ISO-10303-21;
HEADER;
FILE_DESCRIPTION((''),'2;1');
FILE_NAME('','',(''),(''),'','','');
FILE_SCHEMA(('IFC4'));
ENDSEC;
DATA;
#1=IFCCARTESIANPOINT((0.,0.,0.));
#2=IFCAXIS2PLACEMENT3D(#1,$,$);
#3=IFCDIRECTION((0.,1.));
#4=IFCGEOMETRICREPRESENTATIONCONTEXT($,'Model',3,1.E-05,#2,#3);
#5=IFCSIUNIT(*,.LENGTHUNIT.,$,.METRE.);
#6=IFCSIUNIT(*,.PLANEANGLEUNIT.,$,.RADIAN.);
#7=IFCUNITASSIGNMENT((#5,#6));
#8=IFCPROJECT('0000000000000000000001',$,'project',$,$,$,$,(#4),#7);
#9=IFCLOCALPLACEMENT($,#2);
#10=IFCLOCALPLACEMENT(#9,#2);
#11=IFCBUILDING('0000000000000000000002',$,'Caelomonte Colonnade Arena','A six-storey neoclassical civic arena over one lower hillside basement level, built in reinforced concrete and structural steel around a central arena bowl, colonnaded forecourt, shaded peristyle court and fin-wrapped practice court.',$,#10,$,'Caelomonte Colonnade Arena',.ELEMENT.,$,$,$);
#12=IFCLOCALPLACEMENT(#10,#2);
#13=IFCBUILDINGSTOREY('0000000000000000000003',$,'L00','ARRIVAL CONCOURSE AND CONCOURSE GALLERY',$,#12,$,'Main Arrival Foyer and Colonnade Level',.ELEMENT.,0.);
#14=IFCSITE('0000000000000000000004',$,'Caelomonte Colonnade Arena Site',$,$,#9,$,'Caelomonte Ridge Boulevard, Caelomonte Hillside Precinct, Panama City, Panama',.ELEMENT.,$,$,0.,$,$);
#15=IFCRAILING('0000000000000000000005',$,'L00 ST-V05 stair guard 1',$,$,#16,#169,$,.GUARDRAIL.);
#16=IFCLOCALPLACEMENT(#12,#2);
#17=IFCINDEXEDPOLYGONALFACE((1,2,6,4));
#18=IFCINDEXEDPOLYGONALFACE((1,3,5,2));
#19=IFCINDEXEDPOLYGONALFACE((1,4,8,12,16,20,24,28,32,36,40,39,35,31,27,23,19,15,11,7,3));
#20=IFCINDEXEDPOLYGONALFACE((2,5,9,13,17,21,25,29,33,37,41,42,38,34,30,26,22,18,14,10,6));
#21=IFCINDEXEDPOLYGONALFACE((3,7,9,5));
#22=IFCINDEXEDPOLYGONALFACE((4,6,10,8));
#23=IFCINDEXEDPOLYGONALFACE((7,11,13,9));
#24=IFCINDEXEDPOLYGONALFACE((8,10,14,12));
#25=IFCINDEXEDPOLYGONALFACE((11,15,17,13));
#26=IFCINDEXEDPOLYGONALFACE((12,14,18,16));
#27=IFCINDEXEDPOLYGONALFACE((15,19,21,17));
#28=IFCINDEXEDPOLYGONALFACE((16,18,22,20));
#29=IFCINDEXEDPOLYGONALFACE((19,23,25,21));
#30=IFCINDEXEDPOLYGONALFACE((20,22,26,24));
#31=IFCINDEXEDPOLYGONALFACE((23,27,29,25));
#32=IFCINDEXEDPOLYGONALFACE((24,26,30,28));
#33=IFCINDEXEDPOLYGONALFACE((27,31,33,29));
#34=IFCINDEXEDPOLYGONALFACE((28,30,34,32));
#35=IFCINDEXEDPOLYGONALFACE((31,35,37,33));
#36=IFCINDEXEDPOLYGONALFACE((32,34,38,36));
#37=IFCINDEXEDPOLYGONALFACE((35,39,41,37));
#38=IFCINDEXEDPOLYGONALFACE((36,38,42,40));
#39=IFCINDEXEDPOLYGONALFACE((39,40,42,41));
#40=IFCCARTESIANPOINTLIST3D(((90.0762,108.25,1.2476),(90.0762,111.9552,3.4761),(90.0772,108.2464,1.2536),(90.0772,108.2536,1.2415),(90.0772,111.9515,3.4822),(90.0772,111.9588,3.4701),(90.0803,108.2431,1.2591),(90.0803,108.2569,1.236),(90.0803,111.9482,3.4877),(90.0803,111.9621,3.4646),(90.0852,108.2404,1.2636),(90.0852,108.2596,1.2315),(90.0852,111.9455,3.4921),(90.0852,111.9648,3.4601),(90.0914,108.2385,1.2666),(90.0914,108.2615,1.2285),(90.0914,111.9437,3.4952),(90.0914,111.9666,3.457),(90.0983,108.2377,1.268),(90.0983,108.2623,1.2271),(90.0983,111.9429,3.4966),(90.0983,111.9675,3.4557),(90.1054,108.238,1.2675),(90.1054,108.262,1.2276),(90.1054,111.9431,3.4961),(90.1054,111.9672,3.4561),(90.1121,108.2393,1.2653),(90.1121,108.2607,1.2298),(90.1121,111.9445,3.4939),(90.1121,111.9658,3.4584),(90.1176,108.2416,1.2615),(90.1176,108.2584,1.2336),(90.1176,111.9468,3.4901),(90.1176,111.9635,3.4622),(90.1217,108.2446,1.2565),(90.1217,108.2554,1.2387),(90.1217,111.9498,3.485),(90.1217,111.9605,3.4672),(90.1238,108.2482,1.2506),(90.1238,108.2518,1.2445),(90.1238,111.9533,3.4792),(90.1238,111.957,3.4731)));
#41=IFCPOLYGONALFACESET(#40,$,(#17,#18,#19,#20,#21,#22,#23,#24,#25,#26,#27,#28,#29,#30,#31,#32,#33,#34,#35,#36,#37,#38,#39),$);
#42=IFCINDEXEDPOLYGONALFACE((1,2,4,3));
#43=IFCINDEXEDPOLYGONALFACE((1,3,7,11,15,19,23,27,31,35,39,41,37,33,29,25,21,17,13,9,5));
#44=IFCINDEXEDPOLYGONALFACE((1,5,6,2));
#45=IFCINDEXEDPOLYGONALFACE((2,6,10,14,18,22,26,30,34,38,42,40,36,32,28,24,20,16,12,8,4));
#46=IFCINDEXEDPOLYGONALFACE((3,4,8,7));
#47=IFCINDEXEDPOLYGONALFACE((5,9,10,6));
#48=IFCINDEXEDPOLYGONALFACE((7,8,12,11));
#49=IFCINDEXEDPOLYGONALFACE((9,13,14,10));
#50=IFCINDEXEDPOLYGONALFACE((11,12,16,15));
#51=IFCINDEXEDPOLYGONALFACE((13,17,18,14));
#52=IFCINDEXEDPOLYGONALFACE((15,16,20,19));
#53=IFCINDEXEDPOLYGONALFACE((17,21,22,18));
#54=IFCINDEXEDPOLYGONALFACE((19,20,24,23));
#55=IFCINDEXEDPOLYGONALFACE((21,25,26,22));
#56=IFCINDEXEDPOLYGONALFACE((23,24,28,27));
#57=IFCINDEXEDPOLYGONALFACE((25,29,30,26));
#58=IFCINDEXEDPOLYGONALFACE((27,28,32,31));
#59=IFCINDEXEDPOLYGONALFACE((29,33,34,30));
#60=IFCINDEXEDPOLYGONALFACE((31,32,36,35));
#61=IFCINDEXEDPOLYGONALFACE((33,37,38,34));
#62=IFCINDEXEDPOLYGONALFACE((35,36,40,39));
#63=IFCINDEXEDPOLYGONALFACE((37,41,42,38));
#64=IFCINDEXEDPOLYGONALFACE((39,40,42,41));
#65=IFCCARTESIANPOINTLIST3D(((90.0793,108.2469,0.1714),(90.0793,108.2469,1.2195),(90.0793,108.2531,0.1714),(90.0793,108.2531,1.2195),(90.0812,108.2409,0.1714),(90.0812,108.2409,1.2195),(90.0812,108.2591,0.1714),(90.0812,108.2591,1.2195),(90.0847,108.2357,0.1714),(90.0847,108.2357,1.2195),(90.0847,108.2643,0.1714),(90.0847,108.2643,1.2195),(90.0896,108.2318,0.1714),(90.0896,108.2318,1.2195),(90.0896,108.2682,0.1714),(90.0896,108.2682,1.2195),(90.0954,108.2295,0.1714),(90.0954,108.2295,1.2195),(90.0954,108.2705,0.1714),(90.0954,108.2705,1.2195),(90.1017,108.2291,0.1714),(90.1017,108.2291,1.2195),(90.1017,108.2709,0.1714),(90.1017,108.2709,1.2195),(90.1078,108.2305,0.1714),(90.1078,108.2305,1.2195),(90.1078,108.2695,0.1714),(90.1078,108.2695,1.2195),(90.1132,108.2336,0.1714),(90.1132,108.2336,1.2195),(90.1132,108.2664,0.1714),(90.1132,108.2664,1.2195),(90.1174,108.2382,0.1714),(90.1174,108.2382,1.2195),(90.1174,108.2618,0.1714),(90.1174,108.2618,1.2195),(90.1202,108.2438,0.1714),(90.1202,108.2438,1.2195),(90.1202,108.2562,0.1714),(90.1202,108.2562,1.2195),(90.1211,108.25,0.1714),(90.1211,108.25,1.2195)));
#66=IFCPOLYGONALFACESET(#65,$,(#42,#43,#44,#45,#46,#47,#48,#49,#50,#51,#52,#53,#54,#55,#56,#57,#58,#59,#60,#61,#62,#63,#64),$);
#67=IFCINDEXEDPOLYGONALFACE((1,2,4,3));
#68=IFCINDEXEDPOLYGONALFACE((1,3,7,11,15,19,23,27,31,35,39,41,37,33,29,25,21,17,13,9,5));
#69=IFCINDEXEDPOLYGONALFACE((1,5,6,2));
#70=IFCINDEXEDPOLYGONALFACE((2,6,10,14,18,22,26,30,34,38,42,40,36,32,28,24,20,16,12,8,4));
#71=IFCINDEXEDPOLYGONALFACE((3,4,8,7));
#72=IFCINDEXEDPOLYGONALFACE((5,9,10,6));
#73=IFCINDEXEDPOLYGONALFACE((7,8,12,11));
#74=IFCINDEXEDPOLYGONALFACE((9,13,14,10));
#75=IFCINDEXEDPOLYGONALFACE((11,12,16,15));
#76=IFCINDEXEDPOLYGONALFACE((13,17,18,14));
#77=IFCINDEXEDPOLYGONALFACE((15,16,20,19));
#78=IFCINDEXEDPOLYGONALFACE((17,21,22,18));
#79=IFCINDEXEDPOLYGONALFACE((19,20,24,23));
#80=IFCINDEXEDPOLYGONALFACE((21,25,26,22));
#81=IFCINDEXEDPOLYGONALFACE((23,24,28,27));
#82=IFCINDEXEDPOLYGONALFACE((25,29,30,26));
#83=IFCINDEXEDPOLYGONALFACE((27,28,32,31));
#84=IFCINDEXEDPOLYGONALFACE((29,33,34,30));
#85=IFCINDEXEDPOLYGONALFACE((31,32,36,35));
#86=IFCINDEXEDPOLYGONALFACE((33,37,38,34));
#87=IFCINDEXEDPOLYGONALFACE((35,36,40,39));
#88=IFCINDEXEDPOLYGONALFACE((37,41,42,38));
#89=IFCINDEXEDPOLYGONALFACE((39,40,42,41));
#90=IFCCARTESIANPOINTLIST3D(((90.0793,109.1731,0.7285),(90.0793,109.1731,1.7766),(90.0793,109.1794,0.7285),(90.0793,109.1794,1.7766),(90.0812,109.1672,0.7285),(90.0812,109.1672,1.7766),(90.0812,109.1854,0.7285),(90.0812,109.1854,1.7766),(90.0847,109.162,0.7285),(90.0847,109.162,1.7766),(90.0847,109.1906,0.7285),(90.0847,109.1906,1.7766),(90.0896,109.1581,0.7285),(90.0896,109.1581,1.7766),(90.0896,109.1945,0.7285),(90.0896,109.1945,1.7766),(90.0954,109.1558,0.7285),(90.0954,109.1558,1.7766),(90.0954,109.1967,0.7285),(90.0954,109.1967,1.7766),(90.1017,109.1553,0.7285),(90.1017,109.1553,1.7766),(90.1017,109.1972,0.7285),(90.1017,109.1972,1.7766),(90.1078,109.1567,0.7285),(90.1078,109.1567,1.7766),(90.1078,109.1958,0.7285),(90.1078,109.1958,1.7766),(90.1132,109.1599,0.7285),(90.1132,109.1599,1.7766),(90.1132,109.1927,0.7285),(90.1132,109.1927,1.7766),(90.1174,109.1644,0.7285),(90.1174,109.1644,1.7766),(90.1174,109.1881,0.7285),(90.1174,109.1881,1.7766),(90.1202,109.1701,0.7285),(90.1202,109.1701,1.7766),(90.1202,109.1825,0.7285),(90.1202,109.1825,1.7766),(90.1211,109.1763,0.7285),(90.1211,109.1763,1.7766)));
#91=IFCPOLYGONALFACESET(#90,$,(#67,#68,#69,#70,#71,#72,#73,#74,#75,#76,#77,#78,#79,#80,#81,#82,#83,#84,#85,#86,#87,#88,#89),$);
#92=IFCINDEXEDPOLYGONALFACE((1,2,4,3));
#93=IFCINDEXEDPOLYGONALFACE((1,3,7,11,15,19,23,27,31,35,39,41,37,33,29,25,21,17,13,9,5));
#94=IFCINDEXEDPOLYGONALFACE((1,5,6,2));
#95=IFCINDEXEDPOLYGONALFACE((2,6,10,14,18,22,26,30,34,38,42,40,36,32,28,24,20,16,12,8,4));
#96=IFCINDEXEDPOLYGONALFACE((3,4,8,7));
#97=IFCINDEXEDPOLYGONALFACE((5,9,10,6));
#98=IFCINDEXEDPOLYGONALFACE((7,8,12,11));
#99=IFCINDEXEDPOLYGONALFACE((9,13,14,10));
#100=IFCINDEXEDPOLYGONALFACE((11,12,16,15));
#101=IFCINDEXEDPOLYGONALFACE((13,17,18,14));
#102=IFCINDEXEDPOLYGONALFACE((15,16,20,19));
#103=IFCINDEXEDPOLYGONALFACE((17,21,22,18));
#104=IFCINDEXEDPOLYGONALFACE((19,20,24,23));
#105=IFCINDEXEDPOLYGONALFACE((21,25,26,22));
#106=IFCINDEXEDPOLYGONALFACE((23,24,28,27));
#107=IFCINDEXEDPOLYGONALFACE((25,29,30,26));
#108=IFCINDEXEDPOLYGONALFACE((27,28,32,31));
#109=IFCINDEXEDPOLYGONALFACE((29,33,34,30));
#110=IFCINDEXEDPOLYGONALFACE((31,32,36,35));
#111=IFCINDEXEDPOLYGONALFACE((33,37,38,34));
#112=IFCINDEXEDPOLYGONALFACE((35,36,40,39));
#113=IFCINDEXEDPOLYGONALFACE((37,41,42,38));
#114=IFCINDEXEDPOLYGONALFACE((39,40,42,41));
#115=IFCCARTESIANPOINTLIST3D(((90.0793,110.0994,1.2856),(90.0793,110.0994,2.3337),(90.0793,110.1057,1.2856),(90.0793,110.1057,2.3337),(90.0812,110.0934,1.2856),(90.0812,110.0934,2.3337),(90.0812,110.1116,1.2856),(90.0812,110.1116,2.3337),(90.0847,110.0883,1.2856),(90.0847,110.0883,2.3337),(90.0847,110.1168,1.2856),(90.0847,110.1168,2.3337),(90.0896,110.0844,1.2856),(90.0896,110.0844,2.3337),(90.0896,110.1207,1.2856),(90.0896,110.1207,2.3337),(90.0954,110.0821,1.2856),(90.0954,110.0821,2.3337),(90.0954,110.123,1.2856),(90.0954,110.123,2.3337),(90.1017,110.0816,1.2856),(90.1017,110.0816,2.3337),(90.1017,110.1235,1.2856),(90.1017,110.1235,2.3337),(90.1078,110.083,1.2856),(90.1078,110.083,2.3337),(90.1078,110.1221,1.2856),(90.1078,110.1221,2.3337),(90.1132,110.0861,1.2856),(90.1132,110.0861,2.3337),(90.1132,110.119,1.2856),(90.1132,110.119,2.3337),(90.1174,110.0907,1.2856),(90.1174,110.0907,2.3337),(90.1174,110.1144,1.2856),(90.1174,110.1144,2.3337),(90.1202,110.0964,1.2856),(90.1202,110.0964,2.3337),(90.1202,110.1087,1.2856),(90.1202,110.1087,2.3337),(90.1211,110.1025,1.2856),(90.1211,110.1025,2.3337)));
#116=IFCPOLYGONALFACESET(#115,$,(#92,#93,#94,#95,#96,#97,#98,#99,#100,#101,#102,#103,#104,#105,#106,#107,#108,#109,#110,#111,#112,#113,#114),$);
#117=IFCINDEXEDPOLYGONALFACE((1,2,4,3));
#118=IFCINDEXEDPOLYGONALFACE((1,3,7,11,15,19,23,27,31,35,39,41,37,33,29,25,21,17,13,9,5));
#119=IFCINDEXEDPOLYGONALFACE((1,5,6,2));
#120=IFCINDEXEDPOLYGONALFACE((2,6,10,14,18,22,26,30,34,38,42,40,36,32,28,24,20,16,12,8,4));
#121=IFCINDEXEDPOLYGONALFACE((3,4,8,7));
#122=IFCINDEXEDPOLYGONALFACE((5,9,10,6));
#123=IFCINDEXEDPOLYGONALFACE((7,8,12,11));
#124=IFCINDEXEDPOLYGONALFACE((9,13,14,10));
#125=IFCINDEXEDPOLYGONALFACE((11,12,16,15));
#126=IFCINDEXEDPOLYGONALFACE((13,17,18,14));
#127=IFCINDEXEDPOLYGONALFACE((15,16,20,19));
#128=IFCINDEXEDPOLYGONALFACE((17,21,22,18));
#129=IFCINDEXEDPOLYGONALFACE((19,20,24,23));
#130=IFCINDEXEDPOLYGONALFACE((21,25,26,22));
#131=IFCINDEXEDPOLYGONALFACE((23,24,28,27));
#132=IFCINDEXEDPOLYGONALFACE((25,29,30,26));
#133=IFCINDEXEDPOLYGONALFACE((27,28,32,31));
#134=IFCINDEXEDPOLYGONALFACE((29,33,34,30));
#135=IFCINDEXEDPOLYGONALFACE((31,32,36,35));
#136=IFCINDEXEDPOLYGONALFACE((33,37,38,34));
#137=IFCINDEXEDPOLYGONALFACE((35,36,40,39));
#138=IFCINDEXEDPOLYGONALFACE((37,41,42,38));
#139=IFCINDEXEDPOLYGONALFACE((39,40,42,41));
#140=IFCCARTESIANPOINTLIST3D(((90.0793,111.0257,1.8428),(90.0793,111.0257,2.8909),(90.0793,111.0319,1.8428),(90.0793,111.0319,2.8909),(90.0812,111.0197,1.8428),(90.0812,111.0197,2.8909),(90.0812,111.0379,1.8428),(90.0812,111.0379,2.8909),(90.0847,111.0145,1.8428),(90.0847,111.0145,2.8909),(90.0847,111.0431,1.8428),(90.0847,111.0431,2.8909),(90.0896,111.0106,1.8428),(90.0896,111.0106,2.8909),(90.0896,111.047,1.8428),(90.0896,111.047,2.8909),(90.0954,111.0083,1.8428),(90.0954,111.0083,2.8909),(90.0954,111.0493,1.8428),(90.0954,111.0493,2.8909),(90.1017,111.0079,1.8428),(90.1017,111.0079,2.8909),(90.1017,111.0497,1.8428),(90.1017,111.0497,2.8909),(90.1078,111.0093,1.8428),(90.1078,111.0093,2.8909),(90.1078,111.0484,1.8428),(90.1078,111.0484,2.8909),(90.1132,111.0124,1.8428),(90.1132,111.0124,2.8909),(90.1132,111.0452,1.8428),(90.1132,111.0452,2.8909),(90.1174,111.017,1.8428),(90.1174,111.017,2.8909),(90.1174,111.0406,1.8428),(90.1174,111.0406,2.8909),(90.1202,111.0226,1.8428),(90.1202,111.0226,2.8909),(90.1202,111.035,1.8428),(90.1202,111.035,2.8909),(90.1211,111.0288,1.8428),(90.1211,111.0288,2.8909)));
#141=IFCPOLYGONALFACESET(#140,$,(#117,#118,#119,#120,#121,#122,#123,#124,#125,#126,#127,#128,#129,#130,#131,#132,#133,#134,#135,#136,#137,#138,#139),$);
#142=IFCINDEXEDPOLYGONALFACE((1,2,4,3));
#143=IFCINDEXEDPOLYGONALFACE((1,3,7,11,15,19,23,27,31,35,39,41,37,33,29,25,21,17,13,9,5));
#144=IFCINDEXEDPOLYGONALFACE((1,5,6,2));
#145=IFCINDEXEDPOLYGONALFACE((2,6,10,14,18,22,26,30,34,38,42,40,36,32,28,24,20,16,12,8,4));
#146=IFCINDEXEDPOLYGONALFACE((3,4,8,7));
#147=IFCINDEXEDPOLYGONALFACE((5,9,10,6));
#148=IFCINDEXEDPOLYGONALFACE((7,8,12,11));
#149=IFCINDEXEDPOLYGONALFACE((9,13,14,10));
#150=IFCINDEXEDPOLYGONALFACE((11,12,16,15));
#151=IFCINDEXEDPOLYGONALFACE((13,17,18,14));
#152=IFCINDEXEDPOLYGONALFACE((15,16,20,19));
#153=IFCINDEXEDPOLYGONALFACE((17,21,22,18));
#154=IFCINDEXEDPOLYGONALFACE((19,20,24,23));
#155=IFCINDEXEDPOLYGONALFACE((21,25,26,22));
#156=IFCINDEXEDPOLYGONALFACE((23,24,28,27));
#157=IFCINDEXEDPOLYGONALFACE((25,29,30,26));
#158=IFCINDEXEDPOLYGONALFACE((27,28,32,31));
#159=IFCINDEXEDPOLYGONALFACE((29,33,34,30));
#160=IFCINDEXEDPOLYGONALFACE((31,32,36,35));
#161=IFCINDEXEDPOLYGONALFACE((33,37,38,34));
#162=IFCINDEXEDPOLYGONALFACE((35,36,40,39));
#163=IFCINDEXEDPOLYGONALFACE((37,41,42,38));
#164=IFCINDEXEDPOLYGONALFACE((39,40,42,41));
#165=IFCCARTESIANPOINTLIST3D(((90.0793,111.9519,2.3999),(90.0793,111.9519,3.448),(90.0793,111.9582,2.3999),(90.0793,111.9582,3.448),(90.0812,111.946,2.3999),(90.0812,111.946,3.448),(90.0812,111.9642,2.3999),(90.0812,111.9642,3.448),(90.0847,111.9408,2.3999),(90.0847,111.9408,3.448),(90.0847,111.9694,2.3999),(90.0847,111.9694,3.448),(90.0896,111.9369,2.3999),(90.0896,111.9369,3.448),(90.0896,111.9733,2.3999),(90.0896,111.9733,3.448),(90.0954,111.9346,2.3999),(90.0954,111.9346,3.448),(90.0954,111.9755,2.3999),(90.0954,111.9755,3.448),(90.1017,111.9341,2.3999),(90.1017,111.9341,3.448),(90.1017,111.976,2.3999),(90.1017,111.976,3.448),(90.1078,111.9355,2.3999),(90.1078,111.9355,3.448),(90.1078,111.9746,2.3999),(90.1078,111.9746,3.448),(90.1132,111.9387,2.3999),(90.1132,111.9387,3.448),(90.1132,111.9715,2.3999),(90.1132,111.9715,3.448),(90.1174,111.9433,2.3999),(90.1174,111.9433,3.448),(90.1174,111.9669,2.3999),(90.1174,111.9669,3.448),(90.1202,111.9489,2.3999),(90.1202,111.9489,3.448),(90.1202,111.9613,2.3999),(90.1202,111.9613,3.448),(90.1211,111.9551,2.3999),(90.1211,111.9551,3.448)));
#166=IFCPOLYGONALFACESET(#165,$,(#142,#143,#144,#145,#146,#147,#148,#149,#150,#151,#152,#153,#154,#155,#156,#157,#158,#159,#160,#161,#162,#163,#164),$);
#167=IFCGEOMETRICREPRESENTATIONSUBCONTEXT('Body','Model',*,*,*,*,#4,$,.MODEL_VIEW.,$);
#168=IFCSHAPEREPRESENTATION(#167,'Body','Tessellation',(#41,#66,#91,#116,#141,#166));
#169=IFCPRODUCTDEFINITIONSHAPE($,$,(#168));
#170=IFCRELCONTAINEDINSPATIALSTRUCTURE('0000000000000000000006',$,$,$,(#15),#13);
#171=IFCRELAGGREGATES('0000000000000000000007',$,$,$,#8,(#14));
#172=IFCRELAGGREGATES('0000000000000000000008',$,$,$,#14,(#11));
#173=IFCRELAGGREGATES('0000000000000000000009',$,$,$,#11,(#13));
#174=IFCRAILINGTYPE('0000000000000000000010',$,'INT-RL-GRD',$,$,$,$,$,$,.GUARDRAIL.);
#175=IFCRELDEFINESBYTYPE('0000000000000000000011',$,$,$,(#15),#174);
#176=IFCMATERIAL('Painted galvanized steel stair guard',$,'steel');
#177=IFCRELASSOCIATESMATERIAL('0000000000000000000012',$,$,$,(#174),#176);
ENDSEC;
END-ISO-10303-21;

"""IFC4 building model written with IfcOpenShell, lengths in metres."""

from ifc_helpers import new_model, si_unit, direction, frame, origin, origin_2d, place, context, subcontext, project, spatial, circle, extrude, material, type_object, element, save


model = new_model("IFC4")

# Units and contexts
model_context = context("Model", 3, precision=1e-05, world=origin(), true_north=direction((0.0, 1.0)))
body_context = subcontext(model_context, "Body", "Model", "MODEL_VIEW")
ifc_project = project(units=[si_unit("LENGTHUNIT", "METRE"), si_unit("PLANEANGLEUNIT", "RADIAN")], contexts=[model_context])

# Site, building, storey
site_placement = place(None, origin())
site = spatial("IfcSite", under=ifc_project, at=site_placement, Name="Caelomonte Colonnade Arena Site", LongName="Caelomonte Ridge Boulevard, Caelomonte Hillside Precinct, Panama City, Panama", CompositionType="ELEMENT", RefElevation=0.0)
building_placement = place(site_placement, origin())
building = spatial("IfcBuilding", under=site, at=building_placement, Name="Caelomonte Colonnade Arena", Description="A six-storey neoclassical civic arena over one lower hillside basement level, built in reinforced concrete and structural steel around a central arena bowl, colonnaded forecourt, shaded peristyle court and fin-wrapped practice court.", LongName="Caelomonte Colonnade Arena", CompositionType="ELEMENT")
storey_placement = place(building_placement, origin())
storey = spatial("IfcBuildingStorey", under=building, at=storey_placement, Name="L00", Description="ARRIVAL CONCOURSE AND CONCOURSE GALLERY", LongName="Main Arrival Foyer and Colonnade Level", CompositionType="ELEMENT", Elevation=0.0)

# Railing
ifc_material_1 = material(Name="Painted galvanized steel stair guard", Category="steel")
railing_type_1 = type_object("IfcRailingType", Name="INT-RL-GRD", PredefinedType="GUARDRAIL", material=ifc_material_1)
railing_1_placement = place(storey_placement, frame((90.1001, 108.25, 0.1714)))
element("IfcRailing", 1, at=railing_1_placement, inside=storey, type_object=railing_type_1, Name="L00 ST-V05 stair guard 1", PredefinedType="GUARDRAIL", context=body_context, shape_type="SweptSolid", body=[
    extrude(circle(Radius=0.0239, at=origin_2d()), frame((0.0, 0.0, 1.0762), z_axis=(0.0, 0.856934, 0.515425), x_axis=(-1.0, 0.0, 0.0)), (0.0, 0.0, 1.0), 4.3237),
    extrude(circle(Radius=0.021, at=origin_2d()), origin(), (0.0, 0.0, 1.0), 1.0481),
    extrude(circle(Radius=0.021, at=origin_2d()), frame((0.0, 0.9263, 0.5571)), (0.0, 0.0, 1.0), 1.0481),
    extrude(circle(Radius=0.021, at=origin_2d()), frame((0.0, 1.8525, 1.1143)), (0.0, 0.0, 1.0), 1.0481),
    extrude(circle(Radius=0.021, at=origin_2d()), frame((0.0, 2.7788, 1.6714)), (0.0, 0.0, 1.0), 1.0481),
    extrude(circle(Radius=0.021, at=origin_2d()), frame((0.0, 3.7051, 2.2285)), (0.0, 0.0, 1.0), 1.0481),
])

save(model, "model.ifc")
